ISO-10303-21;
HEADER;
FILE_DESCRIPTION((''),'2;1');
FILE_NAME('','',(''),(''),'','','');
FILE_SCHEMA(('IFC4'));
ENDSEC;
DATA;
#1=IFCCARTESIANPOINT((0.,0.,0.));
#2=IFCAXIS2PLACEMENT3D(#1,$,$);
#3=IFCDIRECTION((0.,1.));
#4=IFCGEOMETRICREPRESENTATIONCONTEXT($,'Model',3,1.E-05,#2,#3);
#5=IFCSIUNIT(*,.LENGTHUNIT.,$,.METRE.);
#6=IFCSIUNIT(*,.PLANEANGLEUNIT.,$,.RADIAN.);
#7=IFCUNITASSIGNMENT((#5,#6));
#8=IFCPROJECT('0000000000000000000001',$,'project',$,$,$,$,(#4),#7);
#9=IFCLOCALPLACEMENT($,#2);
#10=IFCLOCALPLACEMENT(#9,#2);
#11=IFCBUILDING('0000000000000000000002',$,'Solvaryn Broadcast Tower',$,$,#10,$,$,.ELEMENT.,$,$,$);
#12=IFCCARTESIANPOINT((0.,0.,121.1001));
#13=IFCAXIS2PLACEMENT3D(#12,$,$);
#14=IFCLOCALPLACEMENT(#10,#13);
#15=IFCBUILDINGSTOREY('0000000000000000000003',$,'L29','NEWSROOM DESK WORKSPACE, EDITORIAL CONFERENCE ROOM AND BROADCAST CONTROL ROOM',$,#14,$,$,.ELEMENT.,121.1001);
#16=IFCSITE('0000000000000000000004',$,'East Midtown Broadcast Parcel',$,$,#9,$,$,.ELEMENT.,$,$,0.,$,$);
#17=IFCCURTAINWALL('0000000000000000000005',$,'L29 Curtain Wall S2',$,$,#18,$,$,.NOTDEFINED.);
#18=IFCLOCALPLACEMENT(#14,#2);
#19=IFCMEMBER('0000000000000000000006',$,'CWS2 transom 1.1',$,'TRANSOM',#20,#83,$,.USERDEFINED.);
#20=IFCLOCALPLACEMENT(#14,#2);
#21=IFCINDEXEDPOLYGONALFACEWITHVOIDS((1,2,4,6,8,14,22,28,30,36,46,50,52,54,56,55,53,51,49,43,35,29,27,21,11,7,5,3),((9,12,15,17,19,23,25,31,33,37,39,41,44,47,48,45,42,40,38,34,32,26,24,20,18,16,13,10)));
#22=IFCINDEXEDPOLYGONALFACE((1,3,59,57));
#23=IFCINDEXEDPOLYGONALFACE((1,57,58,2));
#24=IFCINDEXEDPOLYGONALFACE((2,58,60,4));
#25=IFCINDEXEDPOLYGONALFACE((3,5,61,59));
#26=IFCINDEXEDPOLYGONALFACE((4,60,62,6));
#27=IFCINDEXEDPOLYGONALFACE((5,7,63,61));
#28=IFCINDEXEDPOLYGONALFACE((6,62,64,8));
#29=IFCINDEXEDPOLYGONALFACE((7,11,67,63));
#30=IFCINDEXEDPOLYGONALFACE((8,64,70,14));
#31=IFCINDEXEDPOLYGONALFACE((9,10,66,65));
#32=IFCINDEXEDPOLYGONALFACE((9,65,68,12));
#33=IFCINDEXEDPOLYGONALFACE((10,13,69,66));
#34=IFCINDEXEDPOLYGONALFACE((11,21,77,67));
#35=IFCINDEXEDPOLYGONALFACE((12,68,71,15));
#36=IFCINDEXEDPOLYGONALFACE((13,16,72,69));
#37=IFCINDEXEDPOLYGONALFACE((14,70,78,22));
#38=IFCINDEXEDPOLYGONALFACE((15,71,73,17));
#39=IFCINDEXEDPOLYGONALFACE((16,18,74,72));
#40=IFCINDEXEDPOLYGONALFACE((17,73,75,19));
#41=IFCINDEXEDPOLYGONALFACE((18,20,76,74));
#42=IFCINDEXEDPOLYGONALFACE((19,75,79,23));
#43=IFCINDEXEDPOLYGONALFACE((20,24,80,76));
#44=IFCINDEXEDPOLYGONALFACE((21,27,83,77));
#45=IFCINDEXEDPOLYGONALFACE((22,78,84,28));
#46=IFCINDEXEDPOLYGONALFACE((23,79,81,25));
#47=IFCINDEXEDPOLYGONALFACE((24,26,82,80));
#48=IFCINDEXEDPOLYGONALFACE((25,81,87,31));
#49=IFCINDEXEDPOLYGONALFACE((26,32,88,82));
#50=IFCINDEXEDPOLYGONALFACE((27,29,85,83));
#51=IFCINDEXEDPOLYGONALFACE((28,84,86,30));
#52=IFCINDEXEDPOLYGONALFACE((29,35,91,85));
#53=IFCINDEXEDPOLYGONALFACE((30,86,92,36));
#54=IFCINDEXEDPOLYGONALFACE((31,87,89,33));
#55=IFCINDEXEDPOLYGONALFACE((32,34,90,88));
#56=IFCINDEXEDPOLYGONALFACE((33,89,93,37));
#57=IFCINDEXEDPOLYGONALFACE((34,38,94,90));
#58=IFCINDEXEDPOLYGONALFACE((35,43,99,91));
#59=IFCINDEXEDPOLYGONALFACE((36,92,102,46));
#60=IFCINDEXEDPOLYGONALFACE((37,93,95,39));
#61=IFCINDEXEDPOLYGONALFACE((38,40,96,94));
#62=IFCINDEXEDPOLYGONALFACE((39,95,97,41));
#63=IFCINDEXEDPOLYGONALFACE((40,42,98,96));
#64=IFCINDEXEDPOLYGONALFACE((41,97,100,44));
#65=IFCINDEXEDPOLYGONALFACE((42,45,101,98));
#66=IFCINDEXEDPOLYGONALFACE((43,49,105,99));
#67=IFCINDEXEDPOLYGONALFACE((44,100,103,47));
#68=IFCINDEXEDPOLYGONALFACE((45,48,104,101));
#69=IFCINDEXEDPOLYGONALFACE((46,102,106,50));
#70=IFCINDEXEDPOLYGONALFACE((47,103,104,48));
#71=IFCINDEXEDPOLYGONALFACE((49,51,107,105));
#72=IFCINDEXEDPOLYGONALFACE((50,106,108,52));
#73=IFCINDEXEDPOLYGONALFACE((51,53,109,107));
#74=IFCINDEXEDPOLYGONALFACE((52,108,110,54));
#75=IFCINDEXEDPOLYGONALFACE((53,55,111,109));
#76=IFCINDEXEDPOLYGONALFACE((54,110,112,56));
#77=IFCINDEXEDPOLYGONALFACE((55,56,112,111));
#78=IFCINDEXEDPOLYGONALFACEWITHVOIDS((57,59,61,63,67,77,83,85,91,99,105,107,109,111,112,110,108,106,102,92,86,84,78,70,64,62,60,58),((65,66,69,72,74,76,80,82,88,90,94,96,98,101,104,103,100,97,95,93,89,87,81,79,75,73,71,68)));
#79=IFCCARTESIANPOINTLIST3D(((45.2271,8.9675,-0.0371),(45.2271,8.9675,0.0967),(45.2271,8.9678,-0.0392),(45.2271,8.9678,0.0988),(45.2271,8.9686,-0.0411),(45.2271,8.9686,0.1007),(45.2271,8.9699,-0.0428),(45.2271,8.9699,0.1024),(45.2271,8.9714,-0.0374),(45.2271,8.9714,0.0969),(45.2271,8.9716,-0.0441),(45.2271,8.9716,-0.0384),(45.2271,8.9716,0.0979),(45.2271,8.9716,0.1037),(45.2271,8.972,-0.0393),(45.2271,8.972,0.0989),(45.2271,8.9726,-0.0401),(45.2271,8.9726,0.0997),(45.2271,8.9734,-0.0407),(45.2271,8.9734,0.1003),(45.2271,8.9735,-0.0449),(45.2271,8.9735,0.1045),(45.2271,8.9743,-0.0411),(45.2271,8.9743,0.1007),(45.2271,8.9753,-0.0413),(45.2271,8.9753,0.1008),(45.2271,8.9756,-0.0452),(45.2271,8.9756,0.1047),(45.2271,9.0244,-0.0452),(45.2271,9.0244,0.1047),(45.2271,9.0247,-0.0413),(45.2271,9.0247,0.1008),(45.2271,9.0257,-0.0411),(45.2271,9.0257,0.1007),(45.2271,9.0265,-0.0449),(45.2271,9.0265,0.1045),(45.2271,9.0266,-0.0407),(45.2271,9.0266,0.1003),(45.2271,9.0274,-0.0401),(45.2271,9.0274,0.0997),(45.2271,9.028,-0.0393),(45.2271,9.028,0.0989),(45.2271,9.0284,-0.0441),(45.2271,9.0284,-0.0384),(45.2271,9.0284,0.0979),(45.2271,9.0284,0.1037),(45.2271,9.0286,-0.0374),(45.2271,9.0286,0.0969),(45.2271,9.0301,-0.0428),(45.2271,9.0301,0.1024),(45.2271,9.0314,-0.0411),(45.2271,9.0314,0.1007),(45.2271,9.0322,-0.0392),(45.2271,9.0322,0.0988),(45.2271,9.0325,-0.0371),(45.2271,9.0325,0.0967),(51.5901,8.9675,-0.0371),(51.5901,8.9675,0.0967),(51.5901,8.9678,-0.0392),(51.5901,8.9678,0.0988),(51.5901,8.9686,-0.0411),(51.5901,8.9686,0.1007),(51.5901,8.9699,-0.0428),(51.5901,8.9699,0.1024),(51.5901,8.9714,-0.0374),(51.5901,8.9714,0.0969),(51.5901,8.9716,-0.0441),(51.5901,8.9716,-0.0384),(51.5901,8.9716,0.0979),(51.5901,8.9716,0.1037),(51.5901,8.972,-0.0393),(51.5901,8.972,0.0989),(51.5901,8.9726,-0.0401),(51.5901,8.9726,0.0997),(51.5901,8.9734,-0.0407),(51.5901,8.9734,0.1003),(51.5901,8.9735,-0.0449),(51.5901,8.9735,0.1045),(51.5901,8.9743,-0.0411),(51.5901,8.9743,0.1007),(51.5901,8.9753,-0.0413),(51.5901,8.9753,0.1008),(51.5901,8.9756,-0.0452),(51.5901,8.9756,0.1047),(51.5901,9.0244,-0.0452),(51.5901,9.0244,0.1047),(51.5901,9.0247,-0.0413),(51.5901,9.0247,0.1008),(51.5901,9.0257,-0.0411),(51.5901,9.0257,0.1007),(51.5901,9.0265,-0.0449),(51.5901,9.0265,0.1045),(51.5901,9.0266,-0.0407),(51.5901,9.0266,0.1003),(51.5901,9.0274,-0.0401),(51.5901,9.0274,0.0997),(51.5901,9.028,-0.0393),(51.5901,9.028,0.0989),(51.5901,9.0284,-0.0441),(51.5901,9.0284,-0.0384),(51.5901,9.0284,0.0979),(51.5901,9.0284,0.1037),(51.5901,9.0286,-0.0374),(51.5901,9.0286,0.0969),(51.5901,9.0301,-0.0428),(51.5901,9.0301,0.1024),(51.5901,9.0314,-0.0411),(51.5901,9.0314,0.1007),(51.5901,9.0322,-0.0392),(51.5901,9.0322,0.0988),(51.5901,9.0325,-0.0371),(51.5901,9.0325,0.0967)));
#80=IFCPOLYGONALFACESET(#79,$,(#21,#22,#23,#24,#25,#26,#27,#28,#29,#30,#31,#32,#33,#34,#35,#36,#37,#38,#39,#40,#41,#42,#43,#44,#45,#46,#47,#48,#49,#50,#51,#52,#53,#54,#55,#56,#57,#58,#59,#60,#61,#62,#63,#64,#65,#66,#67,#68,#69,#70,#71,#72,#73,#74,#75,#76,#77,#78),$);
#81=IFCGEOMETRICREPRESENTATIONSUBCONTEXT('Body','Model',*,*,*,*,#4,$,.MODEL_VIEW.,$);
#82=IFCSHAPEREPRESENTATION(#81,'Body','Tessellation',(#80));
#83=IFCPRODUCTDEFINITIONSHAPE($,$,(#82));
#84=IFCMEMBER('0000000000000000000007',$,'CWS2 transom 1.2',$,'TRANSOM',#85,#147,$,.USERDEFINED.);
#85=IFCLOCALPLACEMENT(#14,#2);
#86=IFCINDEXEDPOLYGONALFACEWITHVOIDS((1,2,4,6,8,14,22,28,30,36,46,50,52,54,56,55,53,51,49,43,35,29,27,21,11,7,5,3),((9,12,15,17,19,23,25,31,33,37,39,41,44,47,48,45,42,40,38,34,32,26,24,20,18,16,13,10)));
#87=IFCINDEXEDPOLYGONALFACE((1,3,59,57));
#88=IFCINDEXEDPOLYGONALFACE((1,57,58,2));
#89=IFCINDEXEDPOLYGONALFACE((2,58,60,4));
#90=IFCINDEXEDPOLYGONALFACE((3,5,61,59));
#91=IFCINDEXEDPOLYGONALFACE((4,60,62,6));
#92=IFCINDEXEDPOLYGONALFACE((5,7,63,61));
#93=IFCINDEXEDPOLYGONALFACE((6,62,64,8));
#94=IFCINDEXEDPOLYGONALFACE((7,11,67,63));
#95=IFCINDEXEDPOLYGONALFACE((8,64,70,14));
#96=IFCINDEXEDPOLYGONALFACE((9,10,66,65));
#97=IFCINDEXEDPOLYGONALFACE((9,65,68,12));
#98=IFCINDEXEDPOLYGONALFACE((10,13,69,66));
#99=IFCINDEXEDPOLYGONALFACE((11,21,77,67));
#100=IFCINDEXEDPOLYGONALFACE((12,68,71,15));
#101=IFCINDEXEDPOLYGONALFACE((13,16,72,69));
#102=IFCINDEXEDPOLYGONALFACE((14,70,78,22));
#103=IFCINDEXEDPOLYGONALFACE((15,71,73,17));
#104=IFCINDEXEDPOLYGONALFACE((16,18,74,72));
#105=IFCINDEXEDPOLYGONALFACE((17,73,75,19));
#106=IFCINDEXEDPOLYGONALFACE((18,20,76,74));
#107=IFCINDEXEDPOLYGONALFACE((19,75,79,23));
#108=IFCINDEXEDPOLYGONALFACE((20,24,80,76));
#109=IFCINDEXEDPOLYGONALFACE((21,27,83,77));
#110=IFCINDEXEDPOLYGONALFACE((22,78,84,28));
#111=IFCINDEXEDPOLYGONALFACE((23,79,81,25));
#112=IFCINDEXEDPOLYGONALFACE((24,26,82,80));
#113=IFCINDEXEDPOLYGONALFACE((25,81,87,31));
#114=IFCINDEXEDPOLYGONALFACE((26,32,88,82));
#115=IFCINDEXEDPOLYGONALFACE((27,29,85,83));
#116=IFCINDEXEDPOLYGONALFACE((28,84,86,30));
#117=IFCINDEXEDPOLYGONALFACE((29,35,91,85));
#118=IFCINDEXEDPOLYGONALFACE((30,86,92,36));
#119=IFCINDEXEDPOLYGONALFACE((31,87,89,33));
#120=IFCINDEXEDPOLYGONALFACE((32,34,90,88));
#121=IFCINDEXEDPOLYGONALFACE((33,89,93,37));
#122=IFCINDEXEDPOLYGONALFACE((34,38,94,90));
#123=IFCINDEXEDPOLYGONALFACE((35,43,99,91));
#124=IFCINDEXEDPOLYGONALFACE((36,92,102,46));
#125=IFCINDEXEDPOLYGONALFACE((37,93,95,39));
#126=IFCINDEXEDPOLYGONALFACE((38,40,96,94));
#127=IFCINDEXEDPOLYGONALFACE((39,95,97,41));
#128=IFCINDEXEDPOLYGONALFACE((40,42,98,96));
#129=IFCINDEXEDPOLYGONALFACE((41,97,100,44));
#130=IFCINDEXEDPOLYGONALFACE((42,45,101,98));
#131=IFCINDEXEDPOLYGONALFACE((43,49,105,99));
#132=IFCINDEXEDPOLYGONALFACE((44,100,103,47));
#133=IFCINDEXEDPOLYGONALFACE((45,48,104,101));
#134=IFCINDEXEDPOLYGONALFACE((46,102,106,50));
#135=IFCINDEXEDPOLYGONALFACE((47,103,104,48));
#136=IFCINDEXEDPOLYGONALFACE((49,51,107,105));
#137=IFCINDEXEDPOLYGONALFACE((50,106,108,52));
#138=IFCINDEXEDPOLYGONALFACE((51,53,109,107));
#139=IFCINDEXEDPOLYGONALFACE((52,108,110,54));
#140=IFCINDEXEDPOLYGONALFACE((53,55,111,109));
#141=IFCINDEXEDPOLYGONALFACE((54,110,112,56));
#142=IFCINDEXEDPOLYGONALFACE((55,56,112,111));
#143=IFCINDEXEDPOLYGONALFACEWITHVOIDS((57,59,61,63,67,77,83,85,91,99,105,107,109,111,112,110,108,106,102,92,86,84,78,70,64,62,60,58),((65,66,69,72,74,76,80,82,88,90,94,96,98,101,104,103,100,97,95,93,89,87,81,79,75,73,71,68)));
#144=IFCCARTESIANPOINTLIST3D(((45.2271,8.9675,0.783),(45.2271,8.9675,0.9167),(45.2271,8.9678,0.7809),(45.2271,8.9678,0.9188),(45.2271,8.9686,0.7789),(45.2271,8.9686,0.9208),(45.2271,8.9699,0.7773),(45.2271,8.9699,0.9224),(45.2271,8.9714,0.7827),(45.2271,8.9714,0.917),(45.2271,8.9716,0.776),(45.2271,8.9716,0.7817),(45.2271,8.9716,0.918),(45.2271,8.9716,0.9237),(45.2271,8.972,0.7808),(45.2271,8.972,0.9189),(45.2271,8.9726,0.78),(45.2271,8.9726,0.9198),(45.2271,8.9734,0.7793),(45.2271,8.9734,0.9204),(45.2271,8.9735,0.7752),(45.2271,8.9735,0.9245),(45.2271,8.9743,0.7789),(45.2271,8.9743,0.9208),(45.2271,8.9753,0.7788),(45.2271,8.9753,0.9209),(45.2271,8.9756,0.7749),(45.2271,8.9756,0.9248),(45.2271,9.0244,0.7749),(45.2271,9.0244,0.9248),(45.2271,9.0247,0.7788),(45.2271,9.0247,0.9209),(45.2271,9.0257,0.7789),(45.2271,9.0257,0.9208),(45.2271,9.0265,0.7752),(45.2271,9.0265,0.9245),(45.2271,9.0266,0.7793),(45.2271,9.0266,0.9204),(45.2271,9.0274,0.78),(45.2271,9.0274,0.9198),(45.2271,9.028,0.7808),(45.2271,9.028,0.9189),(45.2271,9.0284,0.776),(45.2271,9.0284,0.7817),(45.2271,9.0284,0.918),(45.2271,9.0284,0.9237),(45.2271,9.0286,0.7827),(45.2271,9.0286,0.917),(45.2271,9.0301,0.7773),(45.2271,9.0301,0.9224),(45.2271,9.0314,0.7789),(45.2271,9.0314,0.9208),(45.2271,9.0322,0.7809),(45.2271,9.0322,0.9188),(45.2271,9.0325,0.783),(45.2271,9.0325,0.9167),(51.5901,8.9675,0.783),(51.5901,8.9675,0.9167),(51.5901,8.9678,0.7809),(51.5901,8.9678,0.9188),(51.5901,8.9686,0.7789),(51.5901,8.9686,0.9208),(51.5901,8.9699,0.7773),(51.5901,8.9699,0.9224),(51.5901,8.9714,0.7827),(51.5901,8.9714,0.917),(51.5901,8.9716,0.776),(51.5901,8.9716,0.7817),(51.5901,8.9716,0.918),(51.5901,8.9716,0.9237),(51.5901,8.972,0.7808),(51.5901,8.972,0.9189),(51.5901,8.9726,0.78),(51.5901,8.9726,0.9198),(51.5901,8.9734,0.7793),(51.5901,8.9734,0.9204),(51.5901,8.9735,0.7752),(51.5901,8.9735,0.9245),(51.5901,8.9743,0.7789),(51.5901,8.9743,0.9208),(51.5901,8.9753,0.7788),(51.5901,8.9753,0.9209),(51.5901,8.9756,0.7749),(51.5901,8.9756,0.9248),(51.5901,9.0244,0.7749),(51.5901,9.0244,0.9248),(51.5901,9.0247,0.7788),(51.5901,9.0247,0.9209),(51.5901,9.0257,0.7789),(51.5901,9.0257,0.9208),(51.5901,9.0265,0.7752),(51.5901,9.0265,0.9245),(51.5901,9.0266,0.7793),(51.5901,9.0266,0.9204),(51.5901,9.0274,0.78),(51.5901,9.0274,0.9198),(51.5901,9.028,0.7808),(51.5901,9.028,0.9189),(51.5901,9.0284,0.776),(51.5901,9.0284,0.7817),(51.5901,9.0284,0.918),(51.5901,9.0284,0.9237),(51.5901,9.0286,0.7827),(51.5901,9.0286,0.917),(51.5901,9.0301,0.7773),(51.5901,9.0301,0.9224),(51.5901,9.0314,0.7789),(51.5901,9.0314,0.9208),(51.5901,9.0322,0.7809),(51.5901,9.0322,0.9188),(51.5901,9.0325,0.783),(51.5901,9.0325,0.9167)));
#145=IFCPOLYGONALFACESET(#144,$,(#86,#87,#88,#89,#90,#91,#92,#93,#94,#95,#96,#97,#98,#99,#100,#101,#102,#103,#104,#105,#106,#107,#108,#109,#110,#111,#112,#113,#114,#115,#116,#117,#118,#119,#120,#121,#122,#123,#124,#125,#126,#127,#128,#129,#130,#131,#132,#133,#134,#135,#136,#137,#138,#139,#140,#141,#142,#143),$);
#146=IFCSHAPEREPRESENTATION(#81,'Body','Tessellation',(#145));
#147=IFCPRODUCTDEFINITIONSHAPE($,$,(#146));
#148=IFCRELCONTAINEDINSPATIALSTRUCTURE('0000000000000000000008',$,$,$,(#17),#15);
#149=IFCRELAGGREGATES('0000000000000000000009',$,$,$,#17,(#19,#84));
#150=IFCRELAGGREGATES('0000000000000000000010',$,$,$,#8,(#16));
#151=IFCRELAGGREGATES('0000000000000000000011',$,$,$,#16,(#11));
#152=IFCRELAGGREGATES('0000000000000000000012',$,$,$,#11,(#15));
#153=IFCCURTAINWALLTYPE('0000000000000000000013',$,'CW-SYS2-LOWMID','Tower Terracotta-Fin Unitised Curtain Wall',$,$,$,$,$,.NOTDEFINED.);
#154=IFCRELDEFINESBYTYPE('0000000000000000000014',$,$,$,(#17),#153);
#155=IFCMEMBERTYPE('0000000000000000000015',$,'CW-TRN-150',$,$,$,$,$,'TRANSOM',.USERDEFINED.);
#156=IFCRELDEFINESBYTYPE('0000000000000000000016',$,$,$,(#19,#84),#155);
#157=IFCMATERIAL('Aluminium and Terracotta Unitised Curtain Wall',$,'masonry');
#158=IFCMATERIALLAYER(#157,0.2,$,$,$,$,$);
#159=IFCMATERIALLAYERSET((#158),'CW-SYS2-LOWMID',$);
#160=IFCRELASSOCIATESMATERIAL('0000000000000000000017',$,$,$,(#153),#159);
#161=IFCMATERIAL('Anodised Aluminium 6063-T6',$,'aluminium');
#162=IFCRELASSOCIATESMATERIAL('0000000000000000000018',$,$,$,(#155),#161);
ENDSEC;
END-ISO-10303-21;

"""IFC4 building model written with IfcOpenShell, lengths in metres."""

from ifc_helpers import new_model, si_unit, direction, frame, origin, origin_2d, place, context, subcontext, project, spatial, hollow_rectangle, extrude, material, layer, layer_set, material_profile, profile_set, type_object, element, aggregate, save


model = new_model("IFC4")

# Units and contexts
model_context = context("Model", 3, precision=1e-05, world=origin(), true_north=direction((0.0, 1.0)))
body_context = subcontext(model_context, "Body", "Model", "MODEL_VIEW")
ifc_project = project(units=[si_unit("LENGTHUNIT", "METRE"), si_unit("PLANEANGLEUNIT", "RADIAN")], contexts=[model_context])

# Site, building, storey
site_placement = place(None, origin())
site = spatial("IfcSite", under=ifc_project, at=site_placement, Name="East Midtown Broadcast Parcel", CompositionType="ELEMENT", RefElevation=0.0)
building_placement = place(site_placement, origin())
building = spatial("IfcBuilding", under=site, at=building_placement, Name="Solvaryn Broadcast Tower", CompositionType="ELEMENT")
storey_placement = place(building_placement, frame((0.0, 0.0, 121.1001)))
storey = spatial("IfcBuildingStorey", under=building, at=storey_placement, Name="L29", Description="NEWSROOM DESK WORKSPACE, EDITORIAL CONFERENCE ROOM AND BROADCAST CONTROL ROOM", CompositionType="ELEMENT", Elevation=121.1001)

# Shared definitions
ifc_material_1 = material(Name="Aluminium and Terracotta Unitised Curtain Wall", Category="masonry")
ifc_layer_1 = layer(ifc_material_1, 0.2)
ifc_layer_set_1 = layer_set([ifc_layer_1], Name="CW-SYS2-LOWMID")
curtain_wall_type = type_object("IfcCurtainWallType", Name="CW-SYS2-LOWMID", Description="Tower Terracotta-Fin Unitised Curtain Wall", PredefinedType="NOTDEFINED", material=ifc_layer_set_1)

# Curtain wall, members
curtain_wall_1_placement = place(storey_placement, origin())
curtain_wall_1 = element("IfcCurtainWall", 1, at=curtain_wall_1_placement, inside=storey, type_object=curtain_wall_type, Name="L29 Curtain Wall S2", PredefinedType="NOTDEFINED")
ifc_material_2 = material(Name="Anodised Aluminium 6063-T6", Category="aluminium")
ifc_material_profile_1 = material_profile(ifc_material_2, hollow_rectangle(XDim=0.0649, YDim=0.1499, WallThickness=0.0039, InnerFilletRadius=0.0039, OuterFilletRadius=0.0081, at=origin_2d()))
ifc_profile_set_1 = profile_set([ifc_material_profile_1], Name="Anodised Aluminium 6063-T6")
member_type_1 = type_object("IfcMemberType", Name="CW-TRN-150", ElementType="TRANSOM", PredefinedType="USERDEFINED", material=ifc_profile_set_1)
member_1_placement = place(storey_placement, frame((45.2271, 9.0, 0.0298), z_axis=(1.0, 0.0, 0.0), x_axis=(0.0, 1.0, 0.0)))
member_1 = element("IfcMember", 2, at=member_1_placement, type_object=member_type_1, Name="CWS2 transom 1.1", ObjectType="TRANSOM", PredefinedType="USERDEFINED", context=body_context, shape_type="SweptSolid", body=[
    extrude(hollow_rectangle(XDim=0.0649, YDim=0.1499, WallThickness=0.0039, InnerFilletRadius=0.0039, OuterFilletRadius=0.0081, at=origin_2d()), origin(), (0.0, 0.0, 1.0), 6.363),
])
member_2_placement = place(storey_placement, frame((45.2271, 9.0, 0.8499), z_axis=(1.0, 0.0, 0.0), x_axis=(0.0, 1.0, 0.0)))
member_2 = element("IfcMember", 3, at=member_2_placement, type_object=member_type_1, Name="CWS2 transom 1.2", ObjectType="TRANSOM", PredefinedType="USERDEFINED", context=body_context, shape_type="SweptSolid", body=[
    extrude(hollow_rectangle(XDim=0.0649, YDim=0.1499, WallThickness=0.0039, InnerFilletRadius=0.0039, OuterFilletRadius=0.0081, at=origin_2d()), origin(), (0.0, 0.0, 1.0), 6.363),
])
aggregate(curtain_wall_1, [member_1, member_2])

save(model, "model.ifc")
